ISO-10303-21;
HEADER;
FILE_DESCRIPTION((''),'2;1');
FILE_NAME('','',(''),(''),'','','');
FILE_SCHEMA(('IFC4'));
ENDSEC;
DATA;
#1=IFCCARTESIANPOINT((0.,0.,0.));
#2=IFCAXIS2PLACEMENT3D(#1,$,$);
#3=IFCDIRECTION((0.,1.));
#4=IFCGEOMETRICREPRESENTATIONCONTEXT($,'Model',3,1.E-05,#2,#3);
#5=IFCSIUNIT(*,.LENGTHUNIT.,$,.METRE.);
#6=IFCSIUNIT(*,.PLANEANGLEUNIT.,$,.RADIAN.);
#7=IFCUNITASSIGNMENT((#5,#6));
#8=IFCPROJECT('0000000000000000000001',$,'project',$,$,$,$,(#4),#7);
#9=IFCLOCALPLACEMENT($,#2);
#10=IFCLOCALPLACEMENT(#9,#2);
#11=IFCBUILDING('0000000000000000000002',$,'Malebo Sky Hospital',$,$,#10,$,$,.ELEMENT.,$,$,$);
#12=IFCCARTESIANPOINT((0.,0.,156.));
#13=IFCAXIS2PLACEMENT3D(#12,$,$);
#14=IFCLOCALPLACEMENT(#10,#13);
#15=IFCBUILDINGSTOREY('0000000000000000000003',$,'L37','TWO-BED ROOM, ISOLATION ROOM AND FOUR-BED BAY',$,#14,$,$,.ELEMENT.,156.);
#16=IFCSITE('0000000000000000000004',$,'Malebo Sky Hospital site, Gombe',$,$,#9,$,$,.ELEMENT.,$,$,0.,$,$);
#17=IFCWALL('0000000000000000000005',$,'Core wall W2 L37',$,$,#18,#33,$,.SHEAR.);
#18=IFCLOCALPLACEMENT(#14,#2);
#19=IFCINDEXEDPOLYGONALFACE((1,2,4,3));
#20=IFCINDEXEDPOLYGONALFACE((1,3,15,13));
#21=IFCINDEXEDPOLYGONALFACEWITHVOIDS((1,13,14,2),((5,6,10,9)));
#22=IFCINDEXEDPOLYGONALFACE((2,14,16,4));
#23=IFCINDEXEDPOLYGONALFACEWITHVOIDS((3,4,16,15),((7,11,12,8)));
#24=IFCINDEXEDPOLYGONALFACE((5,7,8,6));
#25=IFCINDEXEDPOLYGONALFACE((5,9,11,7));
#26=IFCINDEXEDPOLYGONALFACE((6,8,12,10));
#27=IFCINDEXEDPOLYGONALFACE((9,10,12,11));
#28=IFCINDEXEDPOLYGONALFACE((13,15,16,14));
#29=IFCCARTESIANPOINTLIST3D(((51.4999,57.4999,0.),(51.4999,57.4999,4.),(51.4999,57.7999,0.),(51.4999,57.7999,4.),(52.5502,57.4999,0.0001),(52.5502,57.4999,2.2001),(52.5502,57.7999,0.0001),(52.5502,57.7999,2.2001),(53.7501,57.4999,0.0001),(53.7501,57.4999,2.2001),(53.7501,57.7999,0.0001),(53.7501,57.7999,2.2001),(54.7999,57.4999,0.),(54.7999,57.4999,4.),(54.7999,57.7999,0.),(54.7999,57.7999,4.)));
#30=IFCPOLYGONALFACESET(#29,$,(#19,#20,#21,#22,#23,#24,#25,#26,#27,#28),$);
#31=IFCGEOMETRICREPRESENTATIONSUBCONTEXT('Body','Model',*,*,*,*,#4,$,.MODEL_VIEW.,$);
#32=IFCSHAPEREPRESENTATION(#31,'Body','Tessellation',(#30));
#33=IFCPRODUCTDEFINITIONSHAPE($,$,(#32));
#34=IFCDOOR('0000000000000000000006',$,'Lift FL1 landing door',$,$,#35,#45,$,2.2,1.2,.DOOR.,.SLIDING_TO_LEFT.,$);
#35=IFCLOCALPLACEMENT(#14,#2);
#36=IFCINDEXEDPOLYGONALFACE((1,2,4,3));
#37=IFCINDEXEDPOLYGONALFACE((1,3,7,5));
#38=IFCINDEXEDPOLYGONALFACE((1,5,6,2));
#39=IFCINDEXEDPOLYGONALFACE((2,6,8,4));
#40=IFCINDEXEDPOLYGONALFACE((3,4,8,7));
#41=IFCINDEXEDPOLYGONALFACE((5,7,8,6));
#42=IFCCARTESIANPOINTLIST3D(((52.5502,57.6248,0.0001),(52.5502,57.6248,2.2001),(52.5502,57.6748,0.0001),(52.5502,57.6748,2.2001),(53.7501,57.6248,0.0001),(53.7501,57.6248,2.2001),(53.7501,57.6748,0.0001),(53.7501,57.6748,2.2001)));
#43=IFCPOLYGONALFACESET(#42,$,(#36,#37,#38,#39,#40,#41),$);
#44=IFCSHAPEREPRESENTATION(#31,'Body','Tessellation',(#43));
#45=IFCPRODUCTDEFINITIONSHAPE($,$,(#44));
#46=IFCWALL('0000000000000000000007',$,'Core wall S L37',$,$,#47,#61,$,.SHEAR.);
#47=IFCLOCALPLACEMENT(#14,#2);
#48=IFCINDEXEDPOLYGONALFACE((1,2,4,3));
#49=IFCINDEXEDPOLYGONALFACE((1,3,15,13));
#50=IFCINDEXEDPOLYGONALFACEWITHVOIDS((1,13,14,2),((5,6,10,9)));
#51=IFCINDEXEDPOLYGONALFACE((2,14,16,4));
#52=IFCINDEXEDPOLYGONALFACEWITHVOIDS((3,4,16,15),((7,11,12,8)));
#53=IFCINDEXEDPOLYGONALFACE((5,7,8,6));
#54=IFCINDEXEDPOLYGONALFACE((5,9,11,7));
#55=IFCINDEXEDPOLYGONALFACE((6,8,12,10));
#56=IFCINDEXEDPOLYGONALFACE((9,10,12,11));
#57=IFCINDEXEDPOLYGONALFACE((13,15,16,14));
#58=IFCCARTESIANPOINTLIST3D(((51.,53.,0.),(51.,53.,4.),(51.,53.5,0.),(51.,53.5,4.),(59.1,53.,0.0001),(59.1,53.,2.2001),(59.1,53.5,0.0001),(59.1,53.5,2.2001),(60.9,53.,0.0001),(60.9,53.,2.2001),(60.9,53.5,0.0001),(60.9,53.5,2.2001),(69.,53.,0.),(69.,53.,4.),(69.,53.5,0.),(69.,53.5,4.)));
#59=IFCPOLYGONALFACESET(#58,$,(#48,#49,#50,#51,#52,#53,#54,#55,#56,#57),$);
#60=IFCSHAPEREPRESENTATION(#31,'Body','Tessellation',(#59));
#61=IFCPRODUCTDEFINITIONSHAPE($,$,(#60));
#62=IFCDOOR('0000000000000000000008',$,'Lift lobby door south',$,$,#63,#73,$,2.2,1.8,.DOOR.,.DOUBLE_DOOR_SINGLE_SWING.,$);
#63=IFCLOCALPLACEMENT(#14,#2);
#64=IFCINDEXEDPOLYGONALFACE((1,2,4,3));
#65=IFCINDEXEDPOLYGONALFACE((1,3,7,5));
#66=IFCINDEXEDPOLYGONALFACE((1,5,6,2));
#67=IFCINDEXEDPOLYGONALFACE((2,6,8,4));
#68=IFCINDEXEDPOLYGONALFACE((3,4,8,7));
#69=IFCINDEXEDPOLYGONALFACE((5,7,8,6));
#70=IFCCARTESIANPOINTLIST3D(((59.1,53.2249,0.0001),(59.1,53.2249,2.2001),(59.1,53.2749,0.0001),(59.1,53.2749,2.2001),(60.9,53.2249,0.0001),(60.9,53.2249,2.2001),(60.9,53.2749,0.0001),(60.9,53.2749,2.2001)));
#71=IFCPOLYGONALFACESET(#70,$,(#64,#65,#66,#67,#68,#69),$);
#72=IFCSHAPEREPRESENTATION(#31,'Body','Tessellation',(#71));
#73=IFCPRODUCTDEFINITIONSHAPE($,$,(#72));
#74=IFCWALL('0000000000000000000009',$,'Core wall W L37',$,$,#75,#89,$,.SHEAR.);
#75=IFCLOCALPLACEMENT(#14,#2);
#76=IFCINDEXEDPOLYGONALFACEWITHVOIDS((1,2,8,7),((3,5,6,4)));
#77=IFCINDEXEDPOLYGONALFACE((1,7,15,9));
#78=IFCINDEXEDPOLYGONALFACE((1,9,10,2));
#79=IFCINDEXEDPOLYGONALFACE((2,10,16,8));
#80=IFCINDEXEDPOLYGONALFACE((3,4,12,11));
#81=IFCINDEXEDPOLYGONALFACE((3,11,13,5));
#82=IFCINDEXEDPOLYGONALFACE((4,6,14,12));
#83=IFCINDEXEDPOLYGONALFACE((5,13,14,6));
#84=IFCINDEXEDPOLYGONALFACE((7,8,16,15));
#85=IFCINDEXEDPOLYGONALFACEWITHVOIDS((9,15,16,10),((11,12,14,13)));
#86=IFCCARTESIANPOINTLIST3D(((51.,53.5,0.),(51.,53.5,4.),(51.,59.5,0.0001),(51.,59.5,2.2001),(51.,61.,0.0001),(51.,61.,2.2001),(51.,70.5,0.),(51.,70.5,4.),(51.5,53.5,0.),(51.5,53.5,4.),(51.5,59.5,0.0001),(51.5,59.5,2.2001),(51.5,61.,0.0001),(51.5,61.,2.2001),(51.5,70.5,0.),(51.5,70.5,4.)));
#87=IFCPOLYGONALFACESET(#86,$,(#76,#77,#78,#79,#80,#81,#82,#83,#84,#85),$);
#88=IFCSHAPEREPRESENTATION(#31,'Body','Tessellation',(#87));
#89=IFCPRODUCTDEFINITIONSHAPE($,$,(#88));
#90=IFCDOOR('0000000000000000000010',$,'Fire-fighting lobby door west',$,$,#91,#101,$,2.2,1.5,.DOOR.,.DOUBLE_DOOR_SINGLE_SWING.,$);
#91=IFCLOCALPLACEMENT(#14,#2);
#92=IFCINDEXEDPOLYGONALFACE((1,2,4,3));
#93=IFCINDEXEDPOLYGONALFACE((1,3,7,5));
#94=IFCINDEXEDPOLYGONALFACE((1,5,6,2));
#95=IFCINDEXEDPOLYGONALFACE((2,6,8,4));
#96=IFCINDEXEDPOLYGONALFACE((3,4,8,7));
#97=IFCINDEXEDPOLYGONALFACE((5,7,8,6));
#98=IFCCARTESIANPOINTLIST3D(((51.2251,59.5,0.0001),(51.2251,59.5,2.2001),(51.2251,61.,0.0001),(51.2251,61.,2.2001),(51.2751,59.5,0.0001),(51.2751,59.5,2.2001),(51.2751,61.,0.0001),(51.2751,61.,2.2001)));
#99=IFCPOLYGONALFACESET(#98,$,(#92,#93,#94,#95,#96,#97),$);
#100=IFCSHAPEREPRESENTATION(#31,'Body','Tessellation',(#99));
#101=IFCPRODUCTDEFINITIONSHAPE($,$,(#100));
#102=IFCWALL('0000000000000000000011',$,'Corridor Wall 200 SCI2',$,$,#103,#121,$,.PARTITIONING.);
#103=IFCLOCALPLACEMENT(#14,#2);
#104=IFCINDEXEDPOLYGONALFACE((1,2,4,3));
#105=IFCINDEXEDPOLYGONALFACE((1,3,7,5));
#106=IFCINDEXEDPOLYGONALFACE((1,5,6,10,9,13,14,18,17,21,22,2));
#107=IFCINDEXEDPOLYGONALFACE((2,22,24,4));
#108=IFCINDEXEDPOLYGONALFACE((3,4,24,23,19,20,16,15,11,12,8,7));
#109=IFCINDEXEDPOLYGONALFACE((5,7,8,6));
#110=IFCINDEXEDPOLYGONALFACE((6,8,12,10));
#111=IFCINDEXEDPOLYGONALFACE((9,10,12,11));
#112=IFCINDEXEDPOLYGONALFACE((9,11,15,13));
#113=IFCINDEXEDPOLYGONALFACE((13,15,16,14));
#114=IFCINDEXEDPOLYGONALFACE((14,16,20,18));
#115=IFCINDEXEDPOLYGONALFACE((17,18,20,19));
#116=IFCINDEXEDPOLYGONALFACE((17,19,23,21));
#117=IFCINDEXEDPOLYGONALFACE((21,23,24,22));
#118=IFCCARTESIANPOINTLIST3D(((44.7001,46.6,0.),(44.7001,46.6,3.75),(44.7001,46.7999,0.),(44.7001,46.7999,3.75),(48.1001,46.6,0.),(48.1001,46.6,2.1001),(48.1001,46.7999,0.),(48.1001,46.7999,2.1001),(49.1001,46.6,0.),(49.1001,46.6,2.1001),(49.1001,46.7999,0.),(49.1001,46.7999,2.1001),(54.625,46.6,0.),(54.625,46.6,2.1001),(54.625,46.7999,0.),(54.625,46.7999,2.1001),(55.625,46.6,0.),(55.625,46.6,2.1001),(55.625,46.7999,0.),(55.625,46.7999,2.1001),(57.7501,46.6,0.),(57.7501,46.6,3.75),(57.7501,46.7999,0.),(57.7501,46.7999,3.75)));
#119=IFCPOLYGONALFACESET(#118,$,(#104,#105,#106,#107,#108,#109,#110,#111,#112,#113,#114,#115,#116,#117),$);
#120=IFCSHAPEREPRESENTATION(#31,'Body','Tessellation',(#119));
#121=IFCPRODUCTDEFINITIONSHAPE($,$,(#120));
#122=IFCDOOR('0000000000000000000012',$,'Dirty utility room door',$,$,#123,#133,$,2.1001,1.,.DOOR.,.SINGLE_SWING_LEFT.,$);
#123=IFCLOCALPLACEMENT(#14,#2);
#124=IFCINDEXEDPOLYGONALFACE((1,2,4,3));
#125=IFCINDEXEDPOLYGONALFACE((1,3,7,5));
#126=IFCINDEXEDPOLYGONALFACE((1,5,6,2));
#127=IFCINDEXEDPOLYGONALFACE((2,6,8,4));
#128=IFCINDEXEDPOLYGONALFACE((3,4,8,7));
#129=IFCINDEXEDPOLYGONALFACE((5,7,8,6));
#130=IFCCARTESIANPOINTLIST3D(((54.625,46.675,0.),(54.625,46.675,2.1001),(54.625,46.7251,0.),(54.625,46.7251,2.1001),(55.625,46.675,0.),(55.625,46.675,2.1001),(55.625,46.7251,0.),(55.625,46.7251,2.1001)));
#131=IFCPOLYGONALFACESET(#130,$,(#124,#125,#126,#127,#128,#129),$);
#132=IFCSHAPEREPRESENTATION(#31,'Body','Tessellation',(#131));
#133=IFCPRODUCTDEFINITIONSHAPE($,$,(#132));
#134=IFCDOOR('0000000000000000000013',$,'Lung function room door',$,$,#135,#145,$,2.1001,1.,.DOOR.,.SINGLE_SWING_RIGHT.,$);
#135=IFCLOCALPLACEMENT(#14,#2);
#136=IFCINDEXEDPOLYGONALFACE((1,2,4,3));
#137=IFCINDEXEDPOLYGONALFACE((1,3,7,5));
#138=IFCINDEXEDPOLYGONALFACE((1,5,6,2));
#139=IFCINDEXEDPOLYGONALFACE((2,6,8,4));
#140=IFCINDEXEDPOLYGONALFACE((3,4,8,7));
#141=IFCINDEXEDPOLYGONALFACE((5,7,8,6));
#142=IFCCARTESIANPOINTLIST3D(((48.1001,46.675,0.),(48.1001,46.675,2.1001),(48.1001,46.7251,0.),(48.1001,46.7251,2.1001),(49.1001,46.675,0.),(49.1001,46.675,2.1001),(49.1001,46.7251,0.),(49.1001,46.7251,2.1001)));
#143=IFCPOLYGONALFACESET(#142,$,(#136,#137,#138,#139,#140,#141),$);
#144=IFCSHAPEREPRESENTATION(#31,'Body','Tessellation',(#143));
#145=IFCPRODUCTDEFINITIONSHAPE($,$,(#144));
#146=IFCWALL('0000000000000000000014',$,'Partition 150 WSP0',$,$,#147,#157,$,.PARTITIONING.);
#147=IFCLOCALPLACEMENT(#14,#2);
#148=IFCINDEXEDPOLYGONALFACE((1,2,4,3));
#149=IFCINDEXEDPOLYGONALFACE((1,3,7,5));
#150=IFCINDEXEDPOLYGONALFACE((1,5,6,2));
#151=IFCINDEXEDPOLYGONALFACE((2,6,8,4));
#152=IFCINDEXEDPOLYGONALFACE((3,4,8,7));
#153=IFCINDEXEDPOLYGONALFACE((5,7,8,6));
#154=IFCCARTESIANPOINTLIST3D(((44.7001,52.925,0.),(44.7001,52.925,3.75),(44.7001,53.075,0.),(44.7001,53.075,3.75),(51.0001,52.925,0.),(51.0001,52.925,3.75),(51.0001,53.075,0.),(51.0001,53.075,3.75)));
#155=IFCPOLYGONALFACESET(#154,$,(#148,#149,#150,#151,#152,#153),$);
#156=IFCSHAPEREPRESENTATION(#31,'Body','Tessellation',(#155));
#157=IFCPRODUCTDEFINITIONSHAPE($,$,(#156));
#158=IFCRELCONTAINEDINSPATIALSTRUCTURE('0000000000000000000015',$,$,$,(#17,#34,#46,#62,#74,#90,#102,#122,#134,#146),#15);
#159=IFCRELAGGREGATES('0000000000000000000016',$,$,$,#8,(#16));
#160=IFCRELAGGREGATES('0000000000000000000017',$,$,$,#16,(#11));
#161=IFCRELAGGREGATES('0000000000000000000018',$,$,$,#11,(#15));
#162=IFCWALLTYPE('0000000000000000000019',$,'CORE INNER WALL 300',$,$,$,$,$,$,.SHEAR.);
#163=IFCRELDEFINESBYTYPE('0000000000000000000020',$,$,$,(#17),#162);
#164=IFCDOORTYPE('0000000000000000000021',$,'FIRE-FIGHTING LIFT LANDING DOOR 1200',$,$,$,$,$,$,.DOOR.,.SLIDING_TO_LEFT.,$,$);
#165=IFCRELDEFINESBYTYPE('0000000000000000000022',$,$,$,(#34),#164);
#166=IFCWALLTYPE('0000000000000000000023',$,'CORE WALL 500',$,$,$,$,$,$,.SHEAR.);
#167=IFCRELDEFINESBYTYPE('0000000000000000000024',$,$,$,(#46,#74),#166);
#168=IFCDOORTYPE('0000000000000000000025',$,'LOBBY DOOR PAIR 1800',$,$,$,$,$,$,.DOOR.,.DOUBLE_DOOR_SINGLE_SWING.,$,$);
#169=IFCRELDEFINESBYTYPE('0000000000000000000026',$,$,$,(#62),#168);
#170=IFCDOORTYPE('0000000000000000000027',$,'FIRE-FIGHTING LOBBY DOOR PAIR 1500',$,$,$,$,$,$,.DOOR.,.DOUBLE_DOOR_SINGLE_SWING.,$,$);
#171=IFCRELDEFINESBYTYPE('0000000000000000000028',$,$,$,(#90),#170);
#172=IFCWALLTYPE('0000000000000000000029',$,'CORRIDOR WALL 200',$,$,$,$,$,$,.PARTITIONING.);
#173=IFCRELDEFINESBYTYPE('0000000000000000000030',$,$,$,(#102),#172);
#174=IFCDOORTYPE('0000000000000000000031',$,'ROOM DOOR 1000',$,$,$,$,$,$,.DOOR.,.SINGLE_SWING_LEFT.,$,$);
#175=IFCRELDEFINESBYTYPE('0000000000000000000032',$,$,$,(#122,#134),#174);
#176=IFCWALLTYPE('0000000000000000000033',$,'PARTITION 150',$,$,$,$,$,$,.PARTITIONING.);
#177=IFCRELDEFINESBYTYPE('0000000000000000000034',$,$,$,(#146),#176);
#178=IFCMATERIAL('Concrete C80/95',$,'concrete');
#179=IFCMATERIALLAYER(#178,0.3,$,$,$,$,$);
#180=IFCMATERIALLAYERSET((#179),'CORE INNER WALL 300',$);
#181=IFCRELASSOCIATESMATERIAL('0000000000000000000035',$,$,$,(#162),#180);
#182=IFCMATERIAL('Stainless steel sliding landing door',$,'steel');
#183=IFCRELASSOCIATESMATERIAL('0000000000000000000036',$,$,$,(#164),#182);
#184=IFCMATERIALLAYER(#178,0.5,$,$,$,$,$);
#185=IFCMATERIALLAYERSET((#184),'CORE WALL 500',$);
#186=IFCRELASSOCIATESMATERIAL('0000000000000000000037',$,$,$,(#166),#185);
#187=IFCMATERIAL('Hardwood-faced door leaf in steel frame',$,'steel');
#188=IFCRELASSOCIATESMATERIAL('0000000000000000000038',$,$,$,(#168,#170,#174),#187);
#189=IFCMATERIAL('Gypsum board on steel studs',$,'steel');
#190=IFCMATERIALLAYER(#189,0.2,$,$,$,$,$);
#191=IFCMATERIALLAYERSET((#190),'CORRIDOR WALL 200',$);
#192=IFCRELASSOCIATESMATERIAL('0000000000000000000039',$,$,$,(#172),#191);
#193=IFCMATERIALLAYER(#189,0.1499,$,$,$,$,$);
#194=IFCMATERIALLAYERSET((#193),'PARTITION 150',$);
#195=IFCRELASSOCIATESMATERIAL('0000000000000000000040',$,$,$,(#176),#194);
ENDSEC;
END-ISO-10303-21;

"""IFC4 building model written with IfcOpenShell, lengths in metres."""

from ifc_helpers import new_model, si_unit, direction, frame, frame_2d, origin, place, context, subcontext, project, spatial, rectangle, extrude, material, layer, layer_set, type_object, element, fill, save


model = new_model("IFC4")

# Units and contexts
model_context = context("Model", 3, precision=1e-05, world=origin(), true_north=direction((0.0, 1.0)))
body_context = subcontext(model_context, "Body", "Model", "MODEL_VIEW")
ifc_project = project(units=[si_unit("LENGTHUNIT", "METRE"), si_unit("PLANEANGLEUNIT", "RADIAN")], contexts=[model_context])

# Site, building, storey
site_placement = place(None, origin())
site = spatial("IfcSite", under=ifc_project, at=site_placement, Name="Malebo Sky Hospital site, Gombe", CompositionType="ELEMENT", RefElevation=0.0)
building_placement = place(site_placement, origin())
building = spatial("IfcBuilding", under=site, at=building_placement, Name="Malebo Sky Hospital", CompositionType="ELEMENT")
storey_placement = place(building_placement, frame((0.0, 0.0, 156.0)))
storey = spatial("IfcBuildingStorey", under=building, at=storey_placement, Name="L37", Description="TWO-BED ROOM, ISOLATION ROOM AND FOUR-BED BAY", CompositionType="ELEMENT", Elevation=156.0)

# Shared definitions
ifc_material_1 = material(Name="Concrete C80/95", Category="concrete")
ifc_material_2 = material(Name="Stainless steel sliding landing door", Category="steel")

# Shared definitions
ifc_layer_1 = layer(ifc_material_1, 0.3)
ifc_layer_set_1 = layer_set([ifc_layer_1], Name="CORE INNER WALL 300")
wall_type_1 = type_object("IfcWallType", Name="CORE INNER WALL 300", PredefinedType="SHEAR", material=ifc_layer_set_1)

# Walls, openings, doors
wall_1_placement = place(storey_placement, frame((51.5, 57.6499, 0.0), z_axis=(0.0, 0.0, 1.0), x_axis=(1.0, 0.0, 0.0)))
wall_1 = element("IfcWall", 1, at=wall_1_placement, inside=storey, type_object=wall_type_1, Name="Core wall W2 L37", PredefinedType="SHEAR", context=body_context, shape_type="SweptSolid", body=[
    extrude(rectangle(XDim=3.3, YDim=0.3, at=frame_2d((1.6499, 0.0))), origin(), (0.0, 0.0, 1.0), 4.0),
])
opening_1_placement = place(wall_1_placement, frame((1.05, 0.0, 0.0)))
opening_1 = element("IfcOpeningElement", 2, at=opening_1_placement, cuts=wall_1, PredefinedType="OPENING", context=body_context, shape_type="SweptSolid", body=[
    extrude(rectangle(XDim=1.2, YDim=2.2, at=frame_2d((0.6001, 1.1001))), frame((0.0, 0.1599, 0.0), z_axis=(0.0, -1.0, 0.0), x_axis=(1.0, 0.0, 0.0)), (0.0, 0.0, 1.0), 0.3201),
])
door_type_1 = type_object("IfcDoorType", Name="FIRE-FIGHTING LIFT LANDING DOOR 1200", OperationType="SLIDING_TO_LEFT", PredefinedType="DOOR", material=ifc_material_2)
door_1_placement = place(opening_1_placement, origin())
door_1 = element("IfcDoor", 3, at=door_1_placement, inside=storey, type_object=door_type_1, Name="Lift FL1 landing door", OperationType="SLIDING_TO_LEFT", OverallHeight=2.2, OverallWidth=1.2, PredefinedType="DOOR", context=body_context, shape_type="SweptSolid", body=[
    extrude(rectangle(XDim=1.2, YDim=2.2, at=frame_2d((0.6001, 1.1001))), frame((0.0, 0.0249, 0.0), z_axis=(0.0, -1.0, 0.0), x_axis=(1.0, 0.0, 0.0)), (0.0, 0.0, 1.0), 0.05),
])
fill(opening_1, door_1)
ifc_layer_2 = layer(ifc_material_1, 0.5)
ifc_layer_set_2 = layer_set([ifc_layer_2], Name="CORE WALL 500")
wall_type_2 = type_object("IfcWallType", Name="CORE WALL 500", PredefinedType="SHEAR", material=ifc_layer_set_2)
wall_2_placement = place(storey_placement, frame((51.0, 53.25, 0.0), z_axis=(0.0, 0.0, 1.0), x_axis=(1.0, 0.0, 0.0)))
wall_2 = element("IfcWall", 4, at=wall_2_placement, inside=storey, type_object=wall_type_2, Name="Core wall S L37", PredefinedType="SHEAR", context=body_context, shape_type="SweptSolid", body=[
    extrude(rectangle(XDim=18.0, YDim=0.5, at=frame_2d((9.0, 0.0))), origin(), (0.0, 0.0, 1.0), 4.0),
])
opening_2_placement = place(wall_2_placement, frame((8.1001, 0.0, 0.0)))
opening_2 = element("IfcOpeningElement", 5, at=opening_2_placement, cuts=wall_2, PredefinedType="OPENING", context=body_context, shape_type="SweptSolid", body=[
    extrude(rectangle(XDim=1.8, YDim=2.2, at=frame_2d((0.8999, 1.1001))), frame((0.0, 0.26, 0.0), z_axis=(0.0, -1.0, 0.0), x_axis=(1.0, 0.0, 0.0)), (0.0, 0.0, 1.0), 0.52),
])
ifc_material_3 = material(Name="Hardwood-faced door leaf in steel frame", Category="steel")
door_type_2 = type_object("IfcDoorType", Name="LOBBY DOOR PAIR 1800", OperationType="DOUBLE_DOOR_SINGLE_SWING", PredefinedType="DOOR", material=ifc_material_3)
door_2_placement = place(opening_2_placement, origin())
door_2 = element("IfcDoor", 6, at=door_2_placement, inside=storey, type_object=door_type_2, Name="Lift lobby door south", OperationType="DOUBLE_DOOR_SINGLE_SWING", OverallHeight=2.2, OverallWidth=1.8, PredefinedType="DOOR", context=body_context, shape_type="SweptSolid", body=[
    extrude(rectangle(XDim=1.8, YDim=2.2, at=frame_2d((0.8999, 1.1001))), frame((0.0, 0.0249, 0.0), z_axis=(0.0, -1.0, 0.0), x_axis=(1.0, 0.0, 0.0)), (0.0, 0.0, 1.0), 0.05),
])
fill(opening_2, door_2)
wall_3_placement = place(storey_placement, frame((51.25, 53.5, 0.0), z_axis=(0.0, 0.0, 1.0), x_axis=(0.0, 1.0, 0.0)))
wall_3 = element("IfcWall", 7, at=wall_3_placement, inside=storey, type_object=wall_type_2, Name="Core wall W L37", PredefinedType="SHEAR", context=body_context, shape_type="SweptSolid", body=[
    extrude(rectangle(XDim=17.0, YDim=0.5, at=frame_2d((8.5, 0.0))), origin(), (0.0, 0.0, 1.0), 4.0),
])
opening_3_placement = place(wall_3_placement, frame((6.0, 0.0, 0.0)))
opening_3 = element("IfcOpeningElement", 8, at=opening_3_placement, cuts=wall_3, PredefinedType="OPENING", context=body_context, shape_type="SweptSolid", body=[
    extrude(rectangle(XDim=1.5, YDim=2.2, at=frame_2d((0.75, 1.1001))), frame((0.0, 0.26, 0.0), z_axis=(0.0, -1.0, 0.0), x_axis=(1.0, 0.0, 0.0)), (0.0, 0.0, 1.0), 0.52),
])
door_type_3 = type_object("IfcDoorType", Name="FIRE-FIGHTING LOBBY DOOR PAIR 1500", OperationType="DOUBLE_DOOR_SINGLE_SWING", PredefinedType="DOOR", material=ifc_material_3)
door_3_placement = place(opening_3_placement, origin())
door_3 = element("IfcDoor", 9, at=door_3_placement, inside=storey, type_object=door_type_3, Name="Fire-fighting lobby door west", OperationType="DOUBLE_DOOR_SINGLE_SWING", OverallHeight=2.2, OverallWidth=1.5, PredefinedType="DOOR", context=body_context, shape_type="SweptSolid", body=[
    extrude(rectangle(XDim=1.5, YDim=2.2, at=frame_2d((0.75, 1.1001))), frame((0.0, 0.0249, 0.0), z_axis=(0.0, -1.0, 0.0), x_axis=(1.0, 0.0, 0.0)), (0.0, 0.0, 1.0), 0.05),
])
fill(opening_3, door_3)

# Wall, openings, doors
ifc_material_4 = material(Name="Gypsum board on steel studs", Category="steel")
ifc_layer_3 = layer(ifc_material_4, 0.2)
ifc_layer_set_3 = layer_set([ifc_layer_3], Name="CORRIDOR WALL 200")
wall_type_3 = type_object("IfcWallType", Name="CORRIDOR WALL 200", PredefinedType="PARTITIONING", material=ifc_layer_set_3)
wall_4_placement = place(storey_placement, frame((57.75, 46.7, 0.0), z_axis=(0.0, 0.0, 1.0), x_axis=(-1.0, 0.0, 0.0)))
wall_4 = element("IfcWall", 10, at=wall_4_placement, inside=storey, type_object=wall_type_3, Name="Corridor Wall 200 SCI2", PredefinedType="PARTITIONING", context=body_context, shape_type="SweptSolid", body=[
    extrude(rectangle(XDim=13.05, YDim=0.2, at=frame_2d((6.5249, 0.0))), origin(), (0.0, 0.0, 1.0), 3.75),
])
opening_4_placement = place(wall_4_placement, frame((2.125, 0.0, 0.0)))
opening_4 = element("IfcOpeningElement", 11, at=opening_4_placement, cuts=wall_4, PredefinedType="OPENING", context=body_context, shape_type="SweptSolid", body=[
    extrude(rectangle(XDim=1.0, YDim=2.1001, at=frame_2d((0.5, 1.05))), frame((0.0, 0.1099, 0.0), z_axis=(0.0, -1.0, 0.0), x_axis=(1.0, 0.0, 0.0)), (0.0, 0.0, 1.0), 0.22),
])
opening_5_placement = place(wall_4_placement, frame((8.6499, 0.0, 0.0)))
opening_5 = element("IfcOpeningElement", 12, at=opening_5_placement, cuts=wall_4, PredefinedType="OPENING", context=body_context, shape_type="SweptSolid", body=[
    extrude(rectangle(XDim=1.0, YDim=2.1001, at=frame_2d((0.5, 1.05))), frame((0.0, 0.1099, 0.0), z_axis=(0.0, -1.0, 0.0), x_axis=(1.0, 0.0, 0.0)), (0.0, 0.0, 1.0), 0.22),
])
door_type_4 = type_object("IfcDoorType", Name="ROOM DOOR 1000", OperationType="SINGLE_SWING_LEFT", PredefinedType="DOOR", material=ifc_material_3)
door_4_placement = place(opening_4_placement, origin())
door_4 = element("IfcDoor", 13, at=door_4_placement, inside=storey, type_object=door_type_4, Name="Dirty utility room door", OperationType="SINGLE_SWING_LEFT", OverallHeight=2.1001, OverallWidth=1.0, PredefinedType="DOOR", context=body_context, shape_type="SweptSolid", body=[
    extrude(rectangle(XDim=1.0, YDim=2.1001, at=frame_2d((0.5, 1.05))), frame((0.0, 0.0249, 0.0), z_axis=(0.0, -1.0, 0.0), x_axis=(1.0, 0.0, 0.0)), (0.0, 0.0, 1.0), 0.05),
])
fill(opening_4, door_4)
door_5_placement = place(opening_5_placement, origin())
door_5 = element("IfcDoor", 14, at=door_5_placement, inside=storey, type_object=door_type_4, Name="Lung function room door", OperationType="SINGLE_SWING_RIGHT", OverallHeight=2.1001, OverallWidth=1.0, PredefinedType="DOOR", context=body_context, shape_type="SweptSolid", body=[
    extrude(rectangle(XDim=1.0, YDim=2.1001, at=frame_2d((0.5, 1.05))), frame((0.0, 0.0249, 0.0), z_axis=(0.0, -1.0, 0.0), x_axis=(1.0, 0.0, 0.0)), (0.0, 0.0, 1.0), 0.05),
])
fill(opening_5, door_5)

# Wall
ifc_layer_4 = layer(ifc_material_4, 0.1499)
ifc_layer_set_4 = layer_set([ifc_layer_4], Name="PARTITION 150")
wall_type_4 = type_object("IfcWallType", Name="PARTITION 150", PredefinedType="PARTITIONING", material=ifc_layer_set_4)
wall_5_placement = place(storey_placement, frame((51.0, 53.0, 0.0), z_axis=(0.0, 0.0, 1.0), x_axis=(-1.0, 0.0, 0.0)))
element("IfcWall", 15, at=wall_5_placement, inside=storey, type_object=wall_type_4, Name="Partition 150 WSP0", PredefinedType="PARTITIONING", context=body_context, shape_type="SweptSolid", body=[
    extrude(rectangle(XDim=6.3, YDim=0.1499, at=frame_2d((3.1499, 0.0))), origin(), (0.0, 0.0, 1.0), 3.75),
])

save(model, "model.ifc")
